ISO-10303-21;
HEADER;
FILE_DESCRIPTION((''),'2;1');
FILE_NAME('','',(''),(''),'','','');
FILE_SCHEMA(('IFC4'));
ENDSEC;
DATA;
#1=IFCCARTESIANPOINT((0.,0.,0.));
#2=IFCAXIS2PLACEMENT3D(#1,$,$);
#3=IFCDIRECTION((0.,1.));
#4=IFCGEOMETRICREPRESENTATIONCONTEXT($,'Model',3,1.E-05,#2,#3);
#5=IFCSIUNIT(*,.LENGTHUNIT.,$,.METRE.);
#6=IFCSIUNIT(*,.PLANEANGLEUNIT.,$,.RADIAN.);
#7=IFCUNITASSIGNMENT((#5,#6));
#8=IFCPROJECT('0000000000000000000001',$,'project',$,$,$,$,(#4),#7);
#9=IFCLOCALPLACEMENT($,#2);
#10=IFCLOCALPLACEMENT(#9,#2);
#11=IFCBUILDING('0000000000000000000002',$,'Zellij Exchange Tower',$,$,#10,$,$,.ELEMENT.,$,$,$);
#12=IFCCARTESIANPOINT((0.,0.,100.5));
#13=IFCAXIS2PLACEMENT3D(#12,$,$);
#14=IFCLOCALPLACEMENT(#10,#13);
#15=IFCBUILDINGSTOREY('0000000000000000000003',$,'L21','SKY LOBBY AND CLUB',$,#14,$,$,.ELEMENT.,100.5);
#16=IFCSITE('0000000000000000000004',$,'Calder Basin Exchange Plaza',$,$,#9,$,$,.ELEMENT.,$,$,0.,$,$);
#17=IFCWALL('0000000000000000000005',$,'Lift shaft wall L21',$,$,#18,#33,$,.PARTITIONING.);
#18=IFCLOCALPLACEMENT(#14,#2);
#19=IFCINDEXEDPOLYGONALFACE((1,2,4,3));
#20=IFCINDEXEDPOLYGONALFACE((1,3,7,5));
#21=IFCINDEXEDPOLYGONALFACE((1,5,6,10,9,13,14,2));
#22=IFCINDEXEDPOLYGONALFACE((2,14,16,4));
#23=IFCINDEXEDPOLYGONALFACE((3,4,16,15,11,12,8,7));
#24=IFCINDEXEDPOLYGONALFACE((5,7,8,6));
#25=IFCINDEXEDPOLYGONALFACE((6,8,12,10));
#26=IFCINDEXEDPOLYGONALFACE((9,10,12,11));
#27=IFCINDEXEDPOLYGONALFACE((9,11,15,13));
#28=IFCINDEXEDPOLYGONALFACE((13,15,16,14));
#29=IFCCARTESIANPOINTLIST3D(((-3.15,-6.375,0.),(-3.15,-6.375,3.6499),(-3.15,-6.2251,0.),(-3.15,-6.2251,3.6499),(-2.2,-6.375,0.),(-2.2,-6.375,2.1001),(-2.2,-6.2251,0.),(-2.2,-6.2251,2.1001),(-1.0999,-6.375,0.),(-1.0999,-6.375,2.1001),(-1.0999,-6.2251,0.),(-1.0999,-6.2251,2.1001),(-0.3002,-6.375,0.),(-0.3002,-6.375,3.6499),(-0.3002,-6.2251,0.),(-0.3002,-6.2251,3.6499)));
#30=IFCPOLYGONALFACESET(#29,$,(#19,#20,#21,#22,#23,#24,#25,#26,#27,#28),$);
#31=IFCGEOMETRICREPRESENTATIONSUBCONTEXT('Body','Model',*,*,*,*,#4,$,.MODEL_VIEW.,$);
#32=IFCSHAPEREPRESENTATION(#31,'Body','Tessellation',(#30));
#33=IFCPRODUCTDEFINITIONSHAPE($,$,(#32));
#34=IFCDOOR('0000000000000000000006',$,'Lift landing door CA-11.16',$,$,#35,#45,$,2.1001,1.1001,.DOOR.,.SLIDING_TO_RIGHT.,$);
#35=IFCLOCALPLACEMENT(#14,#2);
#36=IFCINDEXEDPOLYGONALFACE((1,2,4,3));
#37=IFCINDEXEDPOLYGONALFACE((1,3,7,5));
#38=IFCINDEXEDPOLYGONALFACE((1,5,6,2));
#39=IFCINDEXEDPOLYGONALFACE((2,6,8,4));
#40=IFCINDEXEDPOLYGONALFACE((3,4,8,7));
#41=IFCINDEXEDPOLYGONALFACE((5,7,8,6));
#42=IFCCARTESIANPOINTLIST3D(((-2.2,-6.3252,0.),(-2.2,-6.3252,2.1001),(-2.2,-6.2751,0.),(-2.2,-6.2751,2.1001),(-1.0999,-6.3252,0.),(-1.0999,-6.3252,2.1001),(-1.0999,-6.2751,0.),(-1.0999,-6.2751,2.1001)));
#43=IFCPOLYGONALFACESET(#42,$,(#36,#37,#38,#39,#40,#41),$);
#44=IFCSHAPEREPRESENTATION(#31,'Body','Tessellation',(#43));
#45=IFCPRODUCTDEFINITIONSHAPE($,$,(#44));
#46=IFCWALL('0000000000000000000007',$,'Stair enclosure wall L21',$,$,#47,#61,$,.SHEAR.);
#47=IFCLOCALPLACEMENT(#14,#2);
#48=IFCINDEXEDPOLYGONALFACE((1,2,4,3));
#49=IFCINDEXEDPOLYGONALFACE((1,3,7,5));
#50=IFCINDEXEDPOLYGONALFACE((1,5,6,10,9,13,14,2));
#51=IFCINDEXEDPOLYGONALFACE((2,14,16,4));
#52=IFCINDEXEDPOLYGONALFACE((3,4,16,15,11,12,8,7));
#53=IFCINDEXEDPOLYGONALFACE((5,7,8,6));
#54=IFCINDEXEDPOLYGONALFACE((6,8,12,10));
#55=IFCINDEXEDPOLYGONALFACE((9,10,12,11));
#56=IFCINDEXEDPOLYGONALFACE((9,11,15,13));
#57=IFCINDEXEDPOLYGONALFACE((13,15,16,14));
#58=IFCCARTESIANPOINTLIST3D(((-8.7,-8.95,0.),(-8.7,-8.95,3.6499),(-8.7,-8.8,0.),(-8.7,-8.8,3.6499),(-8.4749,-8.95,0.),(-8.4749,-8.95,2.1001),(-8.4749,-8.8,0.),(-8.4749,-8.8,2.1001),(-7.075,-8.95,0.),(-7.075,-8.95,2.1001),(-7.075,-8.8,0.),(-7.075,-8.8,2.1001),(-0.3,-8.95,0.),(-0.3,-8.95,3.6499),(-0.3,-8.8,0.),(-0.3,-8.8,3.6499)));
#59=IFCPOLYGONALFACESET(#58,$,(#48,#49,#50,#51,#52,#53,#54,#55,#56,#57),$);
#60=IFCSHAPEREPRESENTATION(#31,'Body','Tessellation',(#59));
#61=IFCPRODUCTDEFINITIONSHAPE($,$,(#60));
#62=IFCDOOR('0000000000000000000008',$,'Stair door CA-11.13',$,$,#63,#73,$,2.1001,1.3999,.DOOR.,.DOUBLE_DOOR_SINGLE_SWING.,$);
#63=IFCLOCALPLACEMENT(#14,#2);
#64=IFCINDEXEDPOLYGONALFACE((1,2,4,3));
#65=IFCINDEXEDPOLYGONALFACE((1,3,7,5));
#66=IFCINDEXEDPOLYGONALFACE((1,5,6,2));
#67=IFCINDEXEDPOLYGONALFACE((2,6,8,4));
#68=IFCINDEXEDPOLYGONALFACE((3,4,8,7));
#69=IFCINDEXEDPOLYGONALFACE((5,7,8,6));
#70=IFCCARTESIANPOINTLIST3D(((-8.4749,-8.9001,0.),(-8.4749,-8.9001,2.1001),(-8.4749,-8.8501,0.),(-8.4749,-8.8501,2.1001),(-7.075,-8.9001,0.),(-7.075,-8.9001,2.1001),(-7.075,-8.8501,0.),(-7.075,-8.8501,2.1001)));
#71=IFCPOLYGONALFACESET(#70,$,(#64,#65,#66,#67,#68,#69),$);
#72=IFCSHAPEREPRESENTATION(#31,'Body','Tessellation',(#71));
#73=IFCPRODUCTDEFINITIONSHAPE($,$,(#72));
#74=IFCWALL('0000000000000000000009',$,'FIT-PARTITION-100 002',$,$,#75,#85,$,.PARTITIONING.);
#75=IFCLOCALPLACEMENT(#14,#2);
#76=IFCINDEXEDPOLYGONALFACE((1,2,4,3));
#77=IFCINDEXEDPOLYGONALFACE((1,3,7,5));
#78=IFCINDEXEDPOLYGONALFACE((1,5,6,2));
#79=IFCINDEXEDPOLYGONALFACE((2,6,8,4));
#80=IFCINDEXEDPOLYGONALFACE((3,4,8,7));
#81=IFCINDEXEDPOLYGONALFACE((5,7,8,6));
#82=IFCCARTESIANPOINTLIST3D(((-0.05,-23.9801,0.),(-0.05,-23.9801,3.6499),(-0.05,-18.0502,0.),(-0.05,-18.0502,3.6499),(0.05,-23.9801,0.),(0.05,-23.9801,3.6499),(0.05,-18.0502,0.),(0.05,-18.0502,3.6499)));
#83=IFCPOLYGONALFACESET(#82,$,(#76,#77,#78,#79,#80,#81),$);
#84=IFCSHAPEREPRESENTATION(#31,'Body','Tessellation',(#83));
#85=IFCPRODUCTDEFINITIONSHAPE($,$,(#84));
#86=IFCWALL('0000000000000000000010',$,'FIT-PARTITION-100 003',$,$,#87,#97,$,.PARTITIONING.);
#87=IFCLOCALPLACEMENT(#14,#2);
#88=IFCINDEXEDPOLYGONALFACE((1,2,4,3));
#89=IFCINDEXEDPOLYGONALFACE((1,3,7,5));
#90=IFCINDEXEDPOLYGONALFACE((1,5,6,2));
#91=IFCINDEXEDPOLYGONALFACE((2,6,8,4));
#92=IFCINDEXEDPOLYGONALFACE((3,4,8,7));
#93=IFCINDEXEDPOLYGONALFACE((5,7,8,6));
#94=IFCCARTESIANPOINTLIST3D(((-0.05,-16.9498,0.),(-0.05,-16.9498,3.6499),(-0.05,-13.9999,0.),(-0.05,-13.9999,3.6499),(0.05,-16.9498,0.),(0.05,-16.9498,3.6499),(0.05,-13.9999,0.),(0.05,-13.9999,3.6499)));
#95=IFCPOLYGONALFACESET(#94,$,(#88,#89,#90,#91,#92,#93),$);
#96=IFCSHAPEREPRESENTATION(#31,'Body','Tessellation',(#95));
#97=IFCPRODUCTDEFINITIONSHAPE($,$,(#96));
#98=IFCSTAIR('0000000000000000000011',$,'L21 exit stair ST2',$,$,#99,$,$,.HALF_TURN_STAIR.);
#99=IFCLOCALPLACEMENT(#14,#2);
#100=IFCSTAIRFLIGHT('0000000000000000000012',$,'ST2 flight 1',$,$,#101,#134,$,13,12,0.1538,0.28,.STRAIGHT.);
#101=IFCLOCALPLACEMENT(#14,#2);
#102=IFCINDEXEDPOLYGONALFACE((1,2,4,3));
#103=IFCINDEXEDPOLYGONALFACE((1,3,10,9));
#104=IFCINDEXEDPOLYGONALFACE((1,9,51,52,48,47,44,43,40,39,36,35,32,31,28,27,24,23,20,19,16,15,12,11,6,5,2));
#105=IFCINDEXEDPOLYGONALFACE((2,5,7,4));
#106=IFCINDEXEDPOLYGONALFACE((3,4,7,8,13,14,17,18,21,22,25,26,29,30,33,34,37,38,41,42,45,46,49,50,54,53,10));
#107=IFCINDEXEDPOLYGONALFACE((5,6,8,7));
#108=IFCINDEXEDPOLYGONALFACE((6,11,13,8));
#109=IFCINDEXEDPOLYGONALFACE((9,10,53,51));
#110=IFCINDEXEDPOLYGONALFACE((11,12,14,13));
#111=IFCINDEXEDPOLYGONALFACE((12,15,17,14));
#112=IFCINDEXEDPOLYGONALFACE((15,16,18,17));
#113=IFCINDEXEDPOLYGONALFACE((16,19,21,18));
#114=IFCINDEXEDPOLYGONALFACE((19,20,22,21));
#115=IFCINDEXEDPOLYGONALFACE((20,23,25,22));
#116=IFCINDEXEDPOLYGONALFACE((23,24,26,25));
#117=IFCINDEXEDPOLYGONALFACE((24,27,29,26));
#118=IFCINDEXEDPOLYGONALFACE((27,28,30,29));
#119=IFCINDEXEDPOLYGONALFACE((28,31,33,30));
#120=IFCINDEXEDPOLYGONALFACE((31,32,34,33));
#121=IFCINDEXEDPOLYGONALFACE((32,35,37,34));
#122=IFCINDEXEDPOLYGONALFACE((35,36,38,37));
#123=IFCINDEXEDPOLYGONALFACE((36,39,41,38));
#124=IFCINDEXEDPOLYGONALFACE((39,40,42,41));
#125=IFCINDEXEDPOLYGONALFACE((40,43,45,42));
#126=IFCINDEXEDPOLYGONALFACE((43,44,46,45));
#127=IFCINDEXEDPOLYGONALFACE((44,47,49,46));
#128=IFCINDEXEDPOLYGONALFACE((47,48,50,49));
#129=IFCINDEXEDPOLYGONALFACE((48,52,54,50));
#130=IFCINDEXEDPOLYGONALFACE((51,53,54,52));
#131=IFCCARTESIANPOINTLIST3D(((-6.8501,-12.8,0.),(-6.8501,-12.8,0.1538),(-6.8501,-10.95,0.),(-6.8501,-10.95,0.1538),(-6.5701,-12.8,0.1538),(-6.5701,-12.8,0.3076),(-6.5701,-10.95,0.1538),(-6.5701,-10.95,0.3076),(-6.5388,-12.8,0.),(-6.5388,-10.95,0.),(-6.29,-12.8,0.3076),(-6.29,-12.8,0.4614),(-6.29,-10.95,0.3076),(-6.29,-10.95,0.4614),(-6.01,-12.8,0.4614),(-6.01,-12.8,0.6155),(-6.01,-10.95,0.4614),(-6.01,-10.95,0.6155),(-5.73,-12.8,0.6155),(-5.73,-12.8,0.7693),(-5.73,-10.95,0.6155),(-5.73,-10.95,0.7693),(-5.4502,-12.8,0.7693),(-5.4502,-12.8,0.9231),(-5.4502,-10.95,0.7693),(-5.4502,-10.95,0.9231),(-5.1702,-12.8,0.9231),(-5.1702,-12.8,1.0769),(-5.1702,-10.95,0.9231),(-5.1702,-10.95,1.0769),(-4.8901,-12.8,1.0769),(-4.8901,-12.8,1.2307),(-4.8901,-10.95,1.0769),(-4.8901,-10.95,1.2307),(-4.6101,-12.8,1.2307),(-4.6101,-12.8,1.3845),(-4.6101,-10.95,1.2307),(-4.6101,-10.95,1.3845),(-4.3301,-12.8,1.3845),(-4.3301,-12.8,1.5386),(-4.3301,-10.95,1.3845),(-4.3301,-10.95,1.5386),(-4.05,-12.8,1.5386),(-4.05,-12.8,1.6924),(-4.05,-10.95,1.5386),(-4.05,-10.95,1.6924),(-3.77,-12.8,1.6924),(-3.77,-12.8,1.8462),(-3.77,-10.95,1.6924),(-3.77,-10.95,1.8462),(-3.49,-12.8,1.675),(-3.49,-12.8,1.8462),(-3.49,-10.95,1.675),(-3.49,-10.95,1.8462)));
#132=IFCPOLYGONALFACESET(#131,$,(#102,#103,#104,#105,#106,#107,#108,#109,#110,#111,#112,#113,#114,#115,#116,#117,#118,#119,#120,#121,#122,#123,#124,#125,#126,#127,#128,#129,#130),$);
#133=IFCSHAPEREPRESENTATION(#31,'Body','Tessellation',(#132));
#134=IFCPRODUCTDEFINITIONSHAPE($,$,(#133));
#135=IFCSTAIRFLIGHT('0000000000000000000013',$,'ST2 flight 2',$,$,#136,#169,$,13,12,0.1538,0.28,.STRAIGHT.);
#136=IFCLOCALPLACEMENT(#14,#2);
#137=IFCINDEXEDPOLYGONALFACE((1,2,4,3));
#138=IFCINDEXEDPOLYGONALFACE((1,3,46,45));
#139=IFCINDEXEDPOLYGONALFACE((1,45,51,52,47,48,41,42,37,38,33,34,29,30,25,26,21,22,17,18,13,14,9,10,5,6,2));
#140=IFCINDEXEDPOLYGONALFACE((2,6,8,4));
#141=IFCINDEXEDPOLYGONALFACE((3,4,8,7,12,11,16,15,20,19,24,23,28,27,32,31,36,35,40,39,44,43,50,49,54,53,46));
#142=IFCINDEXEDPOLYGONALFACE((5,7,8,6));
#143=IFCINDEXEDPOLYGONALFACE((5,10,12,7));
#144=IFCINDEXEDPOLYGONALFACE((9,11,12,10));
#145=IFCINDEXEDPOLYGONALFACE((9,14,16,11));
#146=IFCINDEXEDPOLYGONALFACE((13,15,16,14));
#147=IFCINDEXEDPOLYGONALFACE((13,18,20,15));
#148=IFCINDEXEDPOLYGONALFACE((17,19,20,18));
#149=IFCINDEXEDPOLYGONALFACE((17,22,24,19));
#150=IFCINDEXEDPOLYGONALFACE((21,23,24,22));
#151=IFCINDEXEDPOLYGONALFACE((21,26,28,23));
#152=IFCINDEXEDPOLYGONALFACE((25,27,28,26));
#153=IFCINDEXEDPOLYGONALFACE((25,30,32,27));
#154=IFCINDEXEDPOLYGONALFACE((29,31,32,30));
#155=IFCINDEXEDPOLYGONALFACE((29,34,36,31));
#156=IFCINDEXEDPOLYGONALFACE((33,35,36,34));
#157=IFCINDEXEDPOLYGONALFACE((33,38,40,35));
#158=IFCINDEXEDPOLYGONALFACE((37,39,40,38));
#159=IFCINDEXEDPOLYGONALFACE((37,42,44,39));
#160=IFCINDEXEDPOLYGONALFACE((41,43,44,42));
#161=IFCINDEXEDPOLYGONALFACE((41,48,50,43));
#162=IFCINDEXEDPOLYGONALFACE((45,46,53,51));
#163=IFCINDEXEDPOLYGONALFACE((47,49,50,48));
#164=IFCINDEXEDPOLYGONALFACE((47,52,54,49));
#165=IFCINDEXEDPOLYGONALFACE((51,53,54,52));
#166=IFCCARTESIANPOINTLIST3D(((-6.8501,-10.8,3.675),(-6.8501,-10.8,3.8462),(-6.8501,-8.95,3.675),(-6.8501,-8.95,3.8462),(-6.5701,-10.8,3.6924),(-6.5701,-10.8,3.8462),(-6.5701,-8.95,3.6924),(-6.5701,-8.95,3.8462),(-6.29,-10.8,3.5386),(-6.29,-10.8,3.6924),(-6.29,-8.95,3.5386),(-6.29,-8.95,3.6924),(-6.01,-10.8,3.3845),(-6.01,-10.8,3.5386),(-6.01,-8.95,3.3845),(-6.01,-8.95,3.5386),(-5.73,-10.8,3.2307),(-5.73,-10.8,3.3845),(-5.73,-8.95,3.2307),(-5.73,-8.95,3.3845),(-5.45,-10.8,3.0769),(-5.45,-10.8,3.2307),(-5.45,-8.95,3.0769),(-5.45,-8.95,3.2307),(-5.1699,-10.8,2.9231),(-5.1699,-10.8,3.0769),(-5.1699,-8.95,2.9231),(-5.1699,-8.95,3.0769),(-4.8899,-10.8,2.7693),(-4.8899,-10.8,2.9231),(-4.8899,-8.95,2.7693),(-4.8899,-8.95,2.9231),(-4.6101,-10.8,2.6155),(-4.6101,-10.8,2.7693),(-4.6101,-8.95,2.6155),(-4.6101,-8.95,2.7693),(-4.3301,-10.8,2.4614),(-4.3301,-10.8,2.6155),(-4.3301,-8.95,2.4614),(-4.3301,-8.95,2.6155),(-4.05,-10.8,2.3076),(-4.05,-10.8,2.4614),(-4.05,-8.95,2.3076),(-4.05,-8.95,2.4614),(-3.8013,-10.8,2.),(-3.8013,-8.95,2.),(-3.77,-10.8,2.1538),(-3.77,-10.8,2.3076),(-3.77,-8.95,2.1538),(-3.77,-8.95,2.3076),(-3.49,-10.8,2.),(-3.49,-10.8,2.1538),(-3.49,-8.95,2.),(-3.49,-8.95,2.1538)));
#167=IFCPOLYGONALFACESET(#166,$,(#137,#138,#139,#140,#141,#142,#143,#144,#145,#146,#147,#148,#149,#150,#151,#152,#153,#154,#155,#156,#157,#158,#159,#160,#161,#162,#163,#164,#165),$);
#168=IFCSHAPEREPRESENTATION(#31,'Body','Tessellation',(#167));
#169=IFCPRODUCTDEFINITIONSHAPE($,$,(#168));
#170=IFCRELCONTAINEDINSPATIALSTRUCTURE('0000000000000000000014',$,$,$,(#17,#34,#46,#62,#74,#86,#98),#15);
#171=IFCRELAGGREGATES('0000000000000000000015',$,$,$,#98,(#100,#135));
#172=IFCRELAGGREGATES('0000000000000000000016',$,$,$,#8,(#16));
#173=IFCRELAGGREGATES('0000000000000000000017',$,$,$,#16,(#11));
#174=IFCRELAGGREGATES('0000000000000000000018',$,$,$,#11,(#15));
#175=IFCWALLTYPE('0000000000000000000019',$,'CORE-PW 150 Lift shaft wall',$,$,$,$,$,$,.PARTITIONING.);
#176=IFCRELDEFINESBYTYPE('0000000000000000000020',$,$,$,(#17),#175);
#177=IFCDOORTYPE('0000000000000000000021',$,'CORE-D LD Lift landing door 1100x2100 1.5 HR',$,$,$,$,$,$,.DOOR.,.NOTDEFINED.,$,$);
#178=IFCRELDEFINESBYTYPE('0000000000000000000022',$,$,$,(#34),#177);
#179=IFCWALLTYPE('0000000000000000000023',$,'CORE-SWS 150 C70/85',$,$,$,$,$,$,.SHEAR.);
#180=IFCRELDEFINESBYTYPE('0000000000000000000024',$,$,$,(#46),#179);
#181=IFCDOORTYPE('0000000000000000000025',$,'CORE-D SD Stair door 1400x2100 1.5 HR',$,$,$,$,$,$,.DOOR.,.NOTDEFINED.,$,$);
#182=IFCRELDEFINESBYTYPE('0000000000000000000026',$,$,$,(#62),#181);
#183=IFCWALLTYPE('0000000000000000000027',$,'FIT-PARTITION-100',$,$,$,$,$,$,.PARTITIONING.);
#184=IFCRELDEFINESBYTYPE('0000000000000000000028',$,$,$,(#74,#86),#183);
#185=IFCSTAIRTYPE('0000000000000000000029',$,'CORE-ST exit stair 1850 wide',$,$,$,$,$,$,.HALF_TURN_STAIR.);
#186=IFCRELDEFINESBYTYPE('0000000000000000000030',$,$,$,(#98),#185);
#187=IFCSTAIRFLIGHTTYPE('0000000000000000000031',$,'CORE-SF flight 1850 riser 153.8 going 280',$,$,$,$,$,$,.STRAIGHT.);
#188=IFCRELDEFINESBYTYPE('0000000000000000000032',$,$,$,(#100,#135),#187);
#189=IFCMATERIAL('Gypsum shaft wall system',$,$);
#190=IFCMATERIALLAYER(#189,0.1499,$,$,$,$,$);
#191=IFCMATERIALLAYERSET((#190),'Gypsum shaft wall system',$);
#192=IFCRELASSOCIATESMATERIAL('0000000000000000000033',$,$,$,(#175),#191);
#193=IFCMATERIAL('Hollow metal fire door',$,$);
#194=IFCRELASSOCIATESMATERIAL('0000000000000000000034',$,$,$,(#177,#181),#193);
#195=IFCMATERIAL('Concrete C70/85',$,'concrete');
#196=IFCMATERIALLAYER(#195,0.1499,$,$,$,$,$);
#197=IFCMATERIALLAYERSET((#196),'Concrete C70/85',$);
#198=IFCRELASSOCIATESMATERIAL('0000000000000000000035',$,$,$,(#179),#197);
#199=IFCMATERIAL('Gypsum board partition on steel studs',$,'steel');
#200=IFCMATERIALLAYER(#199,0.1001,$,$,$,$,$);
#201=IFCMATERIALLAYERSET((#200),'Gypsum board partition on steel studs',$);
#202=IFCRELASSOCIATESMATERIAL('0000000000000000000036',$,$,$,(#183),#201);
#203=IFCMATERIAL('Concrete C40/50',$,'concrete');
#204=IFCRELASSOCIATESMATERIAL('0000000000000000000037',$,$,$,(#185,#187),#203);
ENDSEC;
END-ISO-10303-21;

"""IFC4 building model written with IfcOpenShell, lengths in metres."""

from ifc_helpers import new_model, si_unit, direction, frame, frame_2d, origin, place, context, subcontext, project, spatial, polyline, rectangle, outline, extrude, material, layer, layer_set, type_object, element, fill, aggregate, save


model = new_model("IFC4")

# Units and contexts
model_context = context("Model", 3, precision=1e-05, world=origin(), true_north=direction((0.0, 1.0)))
body_context = subcontext(model_context, "Body", "Model", "MODEL_VIEW")
ifc_project = project(units=[si_unit("LENGTHUNIT", "METRE"), si_unit("PLANEANGLEUNIT", "RADIAN")], contexts=[model_context])

# Site, building, storey
site_placement = place(None, origin())
site = spatial("IfcSite", under=ifc_project, at=site_placement, Name="Calder Basin Exchange Plaza", CompositionType="ELEMENT", RefElevation=0.0)
building_placement = place(site_placement, origin())
building = spatial("IfcBuilding", under=site, at=building_placement, Name="Zellij Exchange Tower", CompositionType="ELEMENT")
storey_placement = place(building_placement, frame((0.0, 0.0, 100.5)))
storey = spatial("IfcBuildingStorey", under=building, at=storey_placement, Name="L21", Description="SKY LOBBY AND CLUB", CompositionType="ELEMENT", Elevation=100.5)

# Shared definitions
ifc_material_1 = material(Name="Concrete C70/85", Category="concrete")

# Walls, openings, doors
ifc_material_2 = material(Name="Gypsum shaft wall system")
ifc_material_3 = material(Name="Hollow metal fire door")
ifc_layer_1 = layer(ifc_material_2, 0.1499)
ifc_layer_set_1 = layer_set([ifc_layer_1], Name="Gypsum shaft wall system")
wall_type_1 = type_object("IfcWallType", Name="CORE-PW 150 Lift shaft wall", PredefinedType="PARTITIONING", material=ifc_layer_set_1)
door_type_1 = type_object("IfcDoorType", Name="CORE-D LD Lift landing door 1100x2100 1.5 HR", OperationType="NOTDEFINED", PredefinedType="DOOR", material=ifc_material_3)
wall_1_placement = place(storey_placement, frame((-3.1499, -6.3, 0.0), z_axis=(0.0, 0.0, 1.0), x_axis=(1.0, 0.0, 0.0)))
wall_1 = element("IfcWall", 1, at=wall_1_placement, inside=storey, type_object=wall_type_1, Name="Lift shaft wall L21", PredefinedType="PARTITIONING", context=body_context, shape_type="SweptSolid", body=[
    extrude(rectangle(XDim=2.8499, YDim=0.1499, at=frame_2d((1.4248, 0.0))), origin(), (0.0, 0.0, 1.0), 3.6499),
])
opening_1_placement = place(wall_1_placement, frame((0.95, 0.0, 0.0)))
opening_1 = element("IfcOpeningElement", 2, at=opening_1_placement, cuts=wall_1, PredefinedType="OPENING", context=body_context, shape_type="SweptSolid", body=[
    extrude(rectangle(XDim=1.1001, YDim=2.1001, at=frame_2d((0.55, 1.05))), frame((0.0, 0.0869, 0.0), z_axis=(0.0, -1.0, 0.0), x_axis=(1.0, 0.0, 0.0)), (0.0, 0.0, 1.0), 0.1738),
])
door_1_placement = place(opening_1_placement, origin())
door_1 = element("IfcDoor", 3, at=door_1_placement, inside=storey, type_object=door_type_1, Name="Lift landing door CA-11.16", OperationType="SLIDING_TO_RIGHT", OverallHeight=2.1001, OverallWidth=1.1001, PredefinedType="DOOR", context=body_context, shape_type="SweptSolid", body=[
    extrude(rectangle(XDim=1.1001, YDim=2.1001, at=frame_2d((0.55, 1.05))), frame((0.0, 0.0249, 0.0), z_axis=(0.0, -1.0, 0.0), x_axis=(1.0, 0.0, 0.0)), (0.0, 0.0, 1.0), 0.05),
])
fill(opening_1, door_1)
ifc_layer_2 = layer(ifc_material_1, 0.1499)
ifc_layer_set_2 = layer_set([ifc_layer_2], Name="Concrete C70/85")
wall_type_2 = type_object("IfcWallType", Name="CORE-SWS 150 C70/85", PredefinedType="SHEAR", material=ifc_layer_set_2)
wall_2_placement = place(storey_placement, frame((-8.7, -8.875, 0.0), z_axis=(0.0, 0.0, 1.0), x_axis=(1.0, 0.0, 0.0)))
wall_2 = element("IfcWall", 4, at=wall_2_placement, inside=storey, type_object=wall_type_2, Name="Stair enclosure wall L21", PredefinedType="SHEAR", context=body_context, shape_type="SweptSolid", body=[
    extrude(rectangle(XDim=8.3999, YDim=0.1499, at=frame_2d((4.2, 0.0))), origin(), (0.0, 0.0, 1.0), 3.6499),
])
opening_2_placement = place(wall_2_placement, frame((0.2251, 0.0, 0.0)))
opening_2 = element("IfcOpeningElement", 5, at=opening_2_placement, cuts=wall_2, PredefinedType="OPENING", context=body_context, shape_type="SweptSolid", body=[
    extrude(rectangle(XDim=1.3999, YDim=2.1001, at=frame_2d((0.7, 1.05))), frame((0.0, 0.0869, 0.0), z_axis=(0.0, -1.0, 0.0), x_axis=(1.0, 0.0, 0.0)), (0.0, 0.0, 1.0), 0.1738),
])
door_type_2 = type_object("IfcDoorType", Name="CORE-D SD Stair door 1400x2100 1.5 HR", OperationType="NOTDEFINED", PredefinedType="DOOR", material=ifc_material_3)
door_2_placement = place(opening_2_placement, origin())
door_2 = element("IfcDoor", 6, at=door_2_placement, inside=storey, type_object=door_type_2, Name="Stair door CA-11.13", OperationType="DOUBLE_DOOR_SINGLE_SWING", OverallHeight=2.1001, OverallWidth=1.3999, PredefinedType="DOOR", context=body_context, shape_type="SweptSolid", body=[
    extrude(rectangle(XDim=1.3999, YDim=2.1001, at=frame_2d((0.7, 1.05))), frame((0.0, 0.0249, 0.0), z_axis=(0.0, -1.0, 0.0), x_axis=(1.0, 0.0, 0.0)), (0.0, 0.0, 1.0), 0.05),
])
fill(opening_2, door_2)

# Walls
ifc_material_4 = material(Name="Gypsum board partition on steel studs", Category="steel")
ifc_layer_3 = layer(ifc_material_4, 0.1001)
ifc_layer_set_3 = layer_set([ifc_layer_3], Name="Gypsum board partition on steel studs")
wall_type_3 = type_object("IfcWallType", Name="FIT-PARTITION-100", PredefinedType="PARTITIONING", material=ifc_layer_set_3)
wall_3_placement = place(storey_placement, frame((0.0, -23.98, 0.0), z_axis=(0.0, 0.0, 1.0), x_axis=(0.0, 1.0, 0.0)))
element("IfcWall", 7, at=wall_3_placement, inside=storey, type_object=wall_type_3, Name="FIT-PARTITION-100 002", PredefinedType="PARTITIONING", context=body_context, shape_type="SweptSolid", body=[
    extrude(rectangle(XDim=5.9299, YDim=0.1001, at=frame_2d((2.9648, 0.0))), origin(), (0.0, 0.0, 1.0), 3.6499),
])
wall_4_placement = place(storey_placement, frame((0.0, -16.95, 0.0), z_axis=(0.0, 0.0, 1.0), x_axis=(0.0, 1.0, 0.0)))
element("IfcWall", 8, at=wall_4_placement, inside=storey, type_object=wall_type_3, Name="FIT-PARTITION-100 003", PredefinedType="PARTITIONING", context=body_context, shape_type="SweptSolid", body=[
    extrude(rectangle(XDim=2.95, YDim=0.1001, at=frame_2d((1.4751, 0.0))), origin(), (0.0, 0.0, 1.0), 3.6499),
])

# Stair, stair flights
ifc_material_5 = material(Name="Concrete C40/50", Category="concrete")
stair_type = type_object("IfcStairType", Name="CORE-ST exit stair 1850 wide", PredefinedType="HALF_TURN_STAIR", material=ifc_material_5)
stair_placement = place(storey_placement, origin())
stair = element("IfcStair", 9, at=stair_placement, inside=storey, type_object=stair_type, Name="L21 exit stair ST2", PredefinedType="HALF_TURN_STAIR")
stair_flight_type = type_object("IfcStairFlightType", Name="CORE-SF flight 1850 riser 153.8 going 280", PredefinedType="STRAIGHT", material=ifc_material_5)
stair_flight_1_placement = place(storey_placement, frame((-6.8501, -11.875, 0.0), z_axis=(0.0, 0.0, 1.0), x_axis=(1.0, 0.0, 0.0)))
stair_flight_1 = element("IfcStairFlight", 10, at=stair_flight_1_placement, type_object=stair_flight_type, Name="ST2 flight 1", NumberOfRisers=13, NumberOfTreads=12, PredefinedType="STRAIGHT", RiserHeight=0.1538, TreadLength=0.28, context=body_context, shape_type="SweptSolid", body=[
    extrude(outline(polyline([(0.0, 0.0), (0.0, 0.1538), (0.28, 0.1538), (0.28, 0.3076), (0.5601, 0.3076), (0.5601, 0.4614), (0.8401, 0.4614), (0.8401, 0.6155), (1.1201, 0.6155), (1.1201, 0.7693), (1.3999, 0.7693), (1.3999, 0.9231), (1.6799, 0.9231), (1.6799, 1.0769), (1.96, 1.0769), (1.96, 1.2307), (2.24, 1.2307), (2.24, 1.3845), (2.52, 1.3845), (2.52, 1.5386), (2.8, 1.5386), (2.8, 1.6924), (3.0801, 1.6924), (3.0801, 1.8462), (3.3601, 1.8462), (3.3601, 2.0), (3.3601, 1.675), (0.3113, 0.0), (0.0, 0.0)])), frame((0.0, 0.925, 0.0), z_axis=(0.0, -1.0, 0.0), x_axis=(1.0, 0.0, 0.0)), (0.0, 0.0, 1.0), 1.8501),
])
stair_flight_2_placement = place(storey_placement, frame((-3.49, -9.875, 2.0), z_axis=(0.0, 0.0, 1.0), x_axis=(-1.0, 0.0, 0.0)))
stair_flight_2 = element("IfcStairFlight", 11, at=stair_flight_2_placement, type_object=stair_flight_type, Name="ST2 flight 2", NumberOfRisers=13, NumberOfTreads=12, PredefinedType="STRAIGHT", RiserHeight=0.1538, TreadLength=0.28, context=body_context, shape_type="SweptSolid", body=[
    extrude(outline(polyline([(0.0, 0.0), (0.0, 0.1538), (0.28, 0.1538), (0.28, 0.3076), (0.5601, 0.3076), (0.5601, 0.4614), (0.8401, 0.4614), (0.8401, 0.6155), (1.1201, 0.6155), (1.1201, 0.7693), (1.3999, 0.7693), (1.3999, 0.9231), (1.6799, 0.9231), (1.6799, 1.0769), (1.96, 1.0769), (1.96, 1.2307), (2.24, 1.2307), (2.24, 1.3845), (2.52, 1.3845), (2.52, 1.5386), (2.8, 1.5386), (2.8, 1.6924), (3.0801, 1.6924), (3.0801, 1.8462), (3.3601, 1.8462), (3.3601, 2.0), (3.3601, 1.675), (0.3113, 0.0), (0.0, 0.0)])), frame((0.0, 0.925, 0.0), z_axis=(0.0, -1.0, 0.0), x_axis=(1.0, 0.0, 0.0)), (0.0, 0.0, 1.0), 1.8501),
])
aggregate(stair, [stair_flight_1, stair_flight_2])

save(model, "model.ifc")
